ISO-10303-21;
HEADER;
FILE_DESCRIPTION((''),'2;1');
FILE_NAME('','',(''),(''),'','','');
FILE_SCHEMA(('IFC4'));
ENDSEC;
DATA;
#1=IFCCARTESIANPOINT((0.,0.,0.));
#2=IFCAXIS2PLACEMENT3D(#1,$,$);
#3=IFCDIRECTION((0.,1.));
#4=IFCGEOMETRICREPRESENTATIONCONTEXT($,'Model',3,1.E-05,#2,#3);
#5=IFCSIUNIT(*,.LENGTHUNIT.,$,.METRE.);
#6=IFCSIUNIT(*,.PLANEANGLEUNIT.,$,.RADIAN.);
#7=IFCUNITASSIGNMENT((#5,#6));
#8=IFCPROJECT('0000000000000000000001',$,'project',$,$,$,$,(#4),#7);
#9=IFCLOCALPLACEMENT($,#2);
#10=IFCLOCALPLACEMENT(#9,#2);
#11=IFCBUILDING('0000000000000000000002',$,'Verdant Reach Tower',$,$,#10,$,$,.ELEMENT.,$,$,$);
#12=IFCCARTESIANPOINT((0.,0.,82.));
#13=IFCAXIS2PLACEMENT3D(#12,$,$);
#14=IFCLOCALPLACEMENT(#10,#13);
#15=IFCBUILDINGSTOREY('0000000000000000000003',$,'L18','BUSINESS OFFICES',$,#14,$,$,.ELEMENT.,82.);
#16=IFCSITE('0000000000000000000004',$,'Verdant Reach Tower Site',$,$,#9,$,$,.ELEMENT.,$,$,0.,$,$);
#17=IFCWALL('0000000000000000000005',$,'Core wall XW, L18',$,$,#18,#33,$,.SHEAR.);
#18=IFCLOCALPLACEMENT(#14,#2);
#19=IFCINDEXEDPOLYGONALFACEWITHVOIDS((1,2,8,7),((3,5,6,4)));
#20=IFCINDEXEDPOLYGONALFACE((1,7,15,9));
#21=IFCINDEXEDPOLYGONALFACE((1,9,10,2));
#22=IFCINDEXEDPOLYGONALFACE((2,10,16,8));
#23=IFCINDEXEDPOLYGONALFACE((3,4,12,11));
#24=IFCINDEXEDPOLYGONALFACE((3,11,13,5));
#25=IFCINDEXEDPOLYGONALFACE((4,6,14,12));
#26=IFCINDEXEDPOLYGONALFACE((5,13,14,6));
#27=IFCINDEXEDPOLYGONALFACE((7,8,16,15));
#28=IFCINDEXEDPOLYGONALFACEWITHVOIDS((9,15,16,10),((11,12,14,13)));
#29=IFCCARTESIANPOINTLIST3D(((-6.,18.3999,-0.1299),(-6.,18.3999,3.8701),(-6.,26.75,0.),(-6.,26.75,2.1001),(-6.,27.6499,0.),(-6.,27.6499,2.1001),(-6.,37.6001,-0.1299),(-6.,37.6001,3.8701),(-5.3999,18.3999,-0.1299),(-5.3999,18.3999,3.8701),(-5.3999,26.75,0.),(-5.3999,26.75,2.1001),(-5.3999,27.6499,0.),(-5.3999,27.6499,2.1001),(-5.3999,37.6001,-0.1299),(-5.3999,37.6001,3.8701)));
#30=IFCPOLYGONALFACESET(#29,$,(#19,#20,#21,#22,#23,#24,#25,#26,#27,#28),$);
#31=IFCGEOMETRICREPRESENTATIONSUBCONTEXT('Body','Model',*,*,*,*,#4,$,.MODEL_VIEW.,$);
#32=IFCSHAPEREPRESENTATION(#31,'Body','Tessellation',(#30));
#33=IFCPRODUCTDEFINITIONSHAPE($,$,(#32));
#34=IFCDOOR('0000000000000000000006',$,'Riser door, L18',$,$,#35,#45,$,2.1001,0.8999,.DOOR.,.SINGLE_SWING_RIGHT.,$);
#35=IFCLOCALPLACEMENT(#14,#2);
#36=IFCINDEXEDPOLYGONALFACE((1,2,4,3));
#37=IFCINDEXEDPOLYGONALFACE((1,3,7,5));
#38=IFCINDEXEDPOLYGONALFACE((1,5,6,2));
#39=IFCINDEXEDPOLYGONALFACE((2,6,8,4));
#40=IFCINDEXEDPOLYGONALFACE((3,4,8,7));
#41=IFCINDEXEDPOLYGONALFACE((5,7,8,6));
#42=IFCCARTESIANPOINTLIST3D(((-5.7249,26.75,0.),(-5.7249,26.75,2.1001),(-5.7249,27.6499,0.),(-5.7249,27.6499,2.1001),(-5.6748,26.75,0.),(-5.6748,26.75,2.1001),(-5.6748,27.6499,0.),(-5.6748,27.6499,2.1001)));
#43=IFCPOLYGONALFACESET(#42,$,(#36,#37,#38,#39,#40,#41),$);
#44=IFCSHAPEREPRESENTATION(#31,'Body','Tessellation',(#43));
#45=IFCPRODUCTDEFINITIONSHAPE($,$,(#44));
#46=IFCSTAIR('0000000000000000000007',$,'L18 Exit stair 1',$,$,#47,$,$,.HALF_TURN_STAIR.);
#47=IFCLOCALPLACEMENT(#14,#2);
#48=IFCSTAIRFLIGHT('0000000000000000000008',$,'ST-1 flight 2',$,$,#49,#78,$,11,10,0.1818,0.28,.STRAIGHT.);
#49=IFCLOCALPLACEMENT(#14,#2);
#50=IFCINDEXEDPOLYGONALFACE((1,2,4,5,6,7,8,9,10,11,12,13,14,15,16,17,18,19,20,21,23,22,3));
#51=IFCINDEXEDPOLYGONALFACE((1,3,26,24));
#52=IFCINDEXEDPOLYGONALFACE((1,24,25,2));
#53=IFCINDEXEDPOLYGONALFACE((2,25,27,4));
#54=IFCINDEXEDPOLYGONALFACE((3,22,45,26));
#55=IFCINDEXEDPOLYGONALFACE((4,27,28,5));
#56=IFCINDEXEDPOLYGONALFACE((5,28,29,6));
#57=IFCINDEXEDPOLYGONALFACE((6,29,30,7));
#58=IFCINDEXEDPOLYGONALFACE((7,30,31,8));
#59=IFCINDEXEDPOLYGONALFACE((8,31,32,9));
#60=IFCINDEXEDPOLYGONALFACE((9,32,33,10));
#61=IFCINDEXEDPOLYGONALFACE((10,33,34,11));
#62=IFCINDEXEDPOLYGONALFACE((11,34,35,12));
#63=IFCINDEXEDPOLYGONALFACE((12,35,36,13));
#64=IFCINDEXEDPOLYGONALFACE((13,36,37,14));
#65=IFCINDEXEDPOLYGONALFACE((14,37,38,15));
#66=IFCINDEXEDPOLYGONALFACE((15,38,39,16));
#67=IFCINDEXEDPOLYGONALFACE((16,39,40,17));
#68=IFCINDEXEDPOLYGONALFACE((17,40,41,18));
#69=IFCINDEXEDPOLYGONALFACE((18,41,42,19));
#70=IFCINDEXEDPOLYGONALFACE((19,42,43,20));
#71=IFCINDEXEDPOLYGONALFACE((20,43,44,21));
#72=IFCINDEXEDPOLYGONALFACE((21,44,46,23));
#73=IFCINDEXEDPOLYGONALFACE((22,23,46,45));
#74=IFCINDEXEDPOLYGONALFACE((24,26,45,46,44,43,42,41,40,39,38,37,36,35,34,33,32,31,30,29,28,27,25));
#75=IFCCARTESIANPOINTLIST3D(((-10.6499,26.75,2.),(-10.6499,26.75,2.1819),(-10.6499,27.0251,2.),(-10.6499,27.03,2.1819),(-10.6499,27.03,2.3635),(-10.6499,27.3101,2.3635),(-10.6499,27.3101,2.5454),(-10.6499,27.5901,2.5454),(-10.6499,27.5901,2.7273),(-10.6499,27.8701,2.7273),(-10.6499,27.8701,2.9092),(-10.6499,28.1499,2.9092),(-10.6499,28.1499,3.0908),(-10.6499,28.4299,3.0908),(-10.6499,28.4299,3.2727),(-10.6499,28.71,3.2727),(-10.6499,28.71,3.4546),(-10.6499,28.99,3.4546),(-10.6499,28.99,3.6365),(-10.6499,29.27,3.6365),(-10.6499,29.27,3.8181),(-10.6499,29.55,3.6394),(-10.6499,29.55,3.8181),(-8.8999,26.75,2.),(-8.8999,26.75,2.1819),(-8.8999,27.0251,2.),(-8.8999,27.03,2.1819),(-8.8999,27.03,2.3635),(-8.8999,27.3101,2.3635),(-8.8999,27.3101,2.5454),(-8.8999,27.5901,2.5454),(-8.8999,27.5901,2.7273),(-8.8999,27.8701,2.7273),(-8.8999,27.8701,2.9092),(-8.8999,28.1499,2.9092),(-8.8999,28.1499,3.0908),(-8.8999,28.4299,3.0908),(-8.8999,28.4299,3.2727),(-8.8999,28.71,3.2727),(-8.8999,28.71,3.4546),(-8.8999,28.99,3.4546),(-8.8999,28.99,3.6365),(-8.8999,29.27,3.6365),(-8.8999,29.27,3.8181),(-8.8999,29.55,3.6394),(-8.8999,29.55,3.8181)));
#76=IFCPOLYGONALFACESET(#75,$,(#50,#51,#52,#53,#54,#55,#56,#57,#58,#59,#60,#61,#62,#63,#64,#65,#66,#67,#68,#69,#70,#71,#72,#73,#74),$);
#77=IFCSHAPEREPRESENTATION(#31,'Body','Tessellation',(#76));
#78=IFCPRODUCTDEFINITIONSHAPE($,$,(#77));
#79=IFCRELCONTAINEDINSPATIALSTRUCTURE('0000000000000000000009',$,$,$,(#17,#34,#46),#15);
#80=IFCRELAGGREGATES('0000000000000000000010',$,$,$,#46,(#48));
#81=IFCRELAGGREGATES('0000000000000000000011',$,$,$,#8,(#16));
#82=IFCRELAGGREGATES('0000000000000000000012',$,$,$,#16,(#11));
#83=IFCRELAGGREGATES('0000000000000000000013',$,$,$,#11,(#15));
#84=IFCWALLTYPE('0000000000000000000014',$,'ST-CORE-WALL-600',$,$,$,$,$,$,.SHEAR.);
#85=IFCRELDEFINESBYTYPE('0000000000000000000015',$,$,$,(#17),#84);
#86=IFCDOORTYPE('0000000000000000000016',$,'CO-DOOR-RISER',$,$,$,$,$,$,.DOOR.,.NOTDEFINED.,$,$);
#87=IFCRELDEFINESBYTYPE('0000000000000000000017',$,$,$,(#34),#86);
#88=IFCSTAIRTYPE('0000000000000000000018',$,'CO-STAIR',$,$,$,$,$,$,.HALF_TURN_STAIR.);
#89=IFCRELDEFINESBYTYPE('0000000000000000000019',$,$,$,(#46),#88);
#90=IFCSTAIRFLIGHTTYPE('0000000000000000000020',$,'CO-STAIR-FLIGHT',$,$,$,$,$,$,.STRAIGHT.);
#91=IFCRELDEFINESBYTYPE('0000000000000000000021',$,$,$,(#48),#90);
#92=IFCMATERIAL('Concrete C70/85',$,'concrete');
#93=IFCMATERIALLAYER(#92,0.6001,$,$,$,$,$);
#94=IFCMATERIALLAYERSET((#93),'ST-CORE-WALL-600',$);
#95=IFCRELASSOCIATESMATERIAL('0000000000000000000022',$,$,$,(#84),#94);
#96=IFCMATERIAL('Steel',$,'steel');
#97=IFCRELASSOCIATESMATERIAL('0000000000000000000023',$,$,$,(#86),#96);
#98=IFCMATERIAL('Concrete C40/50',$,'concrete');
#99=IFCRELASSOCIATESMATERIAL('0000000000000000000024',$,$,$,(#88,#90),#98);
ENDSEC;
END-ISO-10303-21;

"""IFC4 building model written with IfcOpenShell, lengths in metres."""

from ifc_helpers import new_model, si_unit, direction, frame, frame_2d, origin, place, context, subcontext, project, spatial, polyline, rectangle, outline, extrude, material, layer, layer_set, type_object, element, fill, aggregate, save


model = new_model("IFC4")

# Units and contexts
model_context = context("Model", 3, precision=1e-05, world=origin(), true_north=direction((0.0, 1.0)))
body_context = subcontext(model_context, "Body", "Model", "MODEL_VIEW")
ifc_project = project(units=[si_unit("LENGTHUNIT", "METRE"), si_unit("PLANEANGLEUNIT", "RADIAN")], contexts=[model_context])

# Site, building, storey
site_placement = place(None, origin())
site = spatial("IfcSite", under=ifc_project, at=site_placement, Name="Verdant Reach Tower Site", CompositionType="ELEMENT", RefElevation=0.0)
building_placement = place(site_placement, origin())
building = spatial("IfcBuilding", under=site, at=building_placement, Name="Verdant Reach Tower", CompositionType="ELEMENT")
storey_placement = place(building_placement, frame((0.0, 0.0, 82.0)))
storey = spatial("IfcBuildingStorey", under=building, at=storey_placement, Name="L18", Description="BUSINESS OFFICES", CompositionType="ELEMENT", Elevation=82.0)

# Shared definitions
ifc_material_1 = material(Name="Concrete C40/50", Category="concrete")

# Wall, opening, door
ifc_material_2 = material(Name="Concrete C70/85", Category="concrete")
ifc_layer_1 = layer(ifc_material_2, 0.6001)
ifc_layer_set_1 = layer_set([ifc_layer_1], Name="ST-CORE-WALL-600")
wall_type_1 = type_object("IfcWallType", Name="ST-CORE-WALL-600", PredefinedType="SHEAR", material=ifc_layer_set_1)
wall_1_placement = place(storey_placement, frame((-5.7, 18.3999, -0.1299), z_axis=(0.0, 0.0, 1.0), x_axis=(0.0, 1.0, 0.0)))
wall_1 = element("IfcWall", 1, at=wall_1_placement, inside=storey, type_object=wall_type_1, Name="Core wall XW, L18", PredefinedType="SHEAR", context=body_context, shape_type="SweptSolid", body=[
    extrude(rectangle(XDim=19.2002, YDim=0.6001, at=frame_2d((9.6001, 0.0))), origin(), (0.0, 0.0, 1.0), 4.0),
])
opening_1_placement = place(wall_1_placement, frame((8.3501, 0.0, 0.1299)))
opening_1 = element("IfcOpeningElement", 2, at=opening_1_placement, cuts=wall_1, PredefinedType="OPENING", context=body_context, shape_type="SweptSolid", body=[
    extrude(rectangle(XDim=0.8999, YDim=2.1001, at=frame_2d((0.45, 1.05))), frame((0.0, 0.3101, 0.0), z_axis=(0.0, -1.0, 0.0), x_axis=(1.0, 0.0, 0.0)), (0.0, 0.0, 1.0), 0.6201),
])
ifc_material_3 = material(Name="Steel", Category="steel")
door_type_1 = type_object("IfcDoorType", Name="CO-DOOR-RISER", OperationType="NOTDEFINED", PredefinedType="DOOR", material=ifc_material_3)
door_1_placement = place(opening_1_placement, origin())
door_1 = element("IfcDoor", 3, at=door_1_placement, inside=storey, type_object=door_type_1, Name="Riser door, L18", OperationType="SINGLE_SWING_RIGHT", OverallHeight=2.1001, OverallWidth=0.8999, PredefinedType="DOOR", context=body_context, shape_type="SweptSolid", body=[
    extrude(rectangle(XDim=0.8999, YDim=2.1001, at=frame_2d((0.45, 1.05))), frame((0.0, 0.0249, 0.0), z_axis=(0.0, -1.0, 0.0), x_axis=(1.0, 0.0, 0.0)), (0.0, 0.0, 1.0), 0.05),
])
fill(opening_1, door_1)

# Stair, stair flight
stair_type = type_object("IfcStairType", Name="CO-STAIR", PredefinedType="HALF_TURN_STAIR", material=ifc_material_1)
stair_placement = place(storey_placement, origin())
stair = element("IfcStair", 4, at=stair_placement, inside=storey, type_object=stair_type, Name="L18 Exit stair 1", PredefinedType="HALF_TURN_STAIR")
stair_flight_type = type_object("IfcStairFlightType", Name="CO-STAIR-FLIGHT", PredefinedType="STRAIGHT", material=ifc_material_1)
stair_flight_placement = place(storey_placement, frame((-9.7749, 26.75, 2.0), z_axis=(0.0, 0.0, 1.0), x_axis=(0.0, 1.0, 0.0)))
stair_flight = element("IfcStairFlight", 5, at=stair_flight_placement, type_object=stair_flight_type, Name="ST-1 flight 2", NumberOfRisers=11, NumberOfTreads=10, PredefinedType="STRAIGHT", RiserHeight=0.1818, TreadLength=0.28, context=body_context, shape_type="SweptSolid", body=[
    extrude(outline(polyline([(0.0, 0.0), (0.0, 0.1819), (0.28, 0.1819), (0.28, 0.3635), (0.5601, 0.3635), (0.5601, 0.5454), (0.8401, 0.5454), (0.8401, 0.7273), (1.1201, 0.7273), (1.1201, 0.9092), (1.3999, 0.9092), (1.3999, 1.0908), (1.6799, 1.0908), (1.6799, 1.2727), (1.96, 1.2727), (1.96, 1.4546), (2.24, 1.4546), (2.24, 1.6365), (2.52, 1.6365), (2.52, 1.8181), (2.8, 1.8181), (2.8, 2.0), (2.8, 1.6394), (0.2751, 0.0), (0.0, 0.0)])), frame((0.0, 0.875, 0.0), z_axis=(0.0, -1.0, 0.0), x_axis=(1.0, 0.0, 0.0)), (0.0, 0.0, 1.0), 1.75),
])
aggregate(stair, [stair_flight])

save(model, "model.ifc")
